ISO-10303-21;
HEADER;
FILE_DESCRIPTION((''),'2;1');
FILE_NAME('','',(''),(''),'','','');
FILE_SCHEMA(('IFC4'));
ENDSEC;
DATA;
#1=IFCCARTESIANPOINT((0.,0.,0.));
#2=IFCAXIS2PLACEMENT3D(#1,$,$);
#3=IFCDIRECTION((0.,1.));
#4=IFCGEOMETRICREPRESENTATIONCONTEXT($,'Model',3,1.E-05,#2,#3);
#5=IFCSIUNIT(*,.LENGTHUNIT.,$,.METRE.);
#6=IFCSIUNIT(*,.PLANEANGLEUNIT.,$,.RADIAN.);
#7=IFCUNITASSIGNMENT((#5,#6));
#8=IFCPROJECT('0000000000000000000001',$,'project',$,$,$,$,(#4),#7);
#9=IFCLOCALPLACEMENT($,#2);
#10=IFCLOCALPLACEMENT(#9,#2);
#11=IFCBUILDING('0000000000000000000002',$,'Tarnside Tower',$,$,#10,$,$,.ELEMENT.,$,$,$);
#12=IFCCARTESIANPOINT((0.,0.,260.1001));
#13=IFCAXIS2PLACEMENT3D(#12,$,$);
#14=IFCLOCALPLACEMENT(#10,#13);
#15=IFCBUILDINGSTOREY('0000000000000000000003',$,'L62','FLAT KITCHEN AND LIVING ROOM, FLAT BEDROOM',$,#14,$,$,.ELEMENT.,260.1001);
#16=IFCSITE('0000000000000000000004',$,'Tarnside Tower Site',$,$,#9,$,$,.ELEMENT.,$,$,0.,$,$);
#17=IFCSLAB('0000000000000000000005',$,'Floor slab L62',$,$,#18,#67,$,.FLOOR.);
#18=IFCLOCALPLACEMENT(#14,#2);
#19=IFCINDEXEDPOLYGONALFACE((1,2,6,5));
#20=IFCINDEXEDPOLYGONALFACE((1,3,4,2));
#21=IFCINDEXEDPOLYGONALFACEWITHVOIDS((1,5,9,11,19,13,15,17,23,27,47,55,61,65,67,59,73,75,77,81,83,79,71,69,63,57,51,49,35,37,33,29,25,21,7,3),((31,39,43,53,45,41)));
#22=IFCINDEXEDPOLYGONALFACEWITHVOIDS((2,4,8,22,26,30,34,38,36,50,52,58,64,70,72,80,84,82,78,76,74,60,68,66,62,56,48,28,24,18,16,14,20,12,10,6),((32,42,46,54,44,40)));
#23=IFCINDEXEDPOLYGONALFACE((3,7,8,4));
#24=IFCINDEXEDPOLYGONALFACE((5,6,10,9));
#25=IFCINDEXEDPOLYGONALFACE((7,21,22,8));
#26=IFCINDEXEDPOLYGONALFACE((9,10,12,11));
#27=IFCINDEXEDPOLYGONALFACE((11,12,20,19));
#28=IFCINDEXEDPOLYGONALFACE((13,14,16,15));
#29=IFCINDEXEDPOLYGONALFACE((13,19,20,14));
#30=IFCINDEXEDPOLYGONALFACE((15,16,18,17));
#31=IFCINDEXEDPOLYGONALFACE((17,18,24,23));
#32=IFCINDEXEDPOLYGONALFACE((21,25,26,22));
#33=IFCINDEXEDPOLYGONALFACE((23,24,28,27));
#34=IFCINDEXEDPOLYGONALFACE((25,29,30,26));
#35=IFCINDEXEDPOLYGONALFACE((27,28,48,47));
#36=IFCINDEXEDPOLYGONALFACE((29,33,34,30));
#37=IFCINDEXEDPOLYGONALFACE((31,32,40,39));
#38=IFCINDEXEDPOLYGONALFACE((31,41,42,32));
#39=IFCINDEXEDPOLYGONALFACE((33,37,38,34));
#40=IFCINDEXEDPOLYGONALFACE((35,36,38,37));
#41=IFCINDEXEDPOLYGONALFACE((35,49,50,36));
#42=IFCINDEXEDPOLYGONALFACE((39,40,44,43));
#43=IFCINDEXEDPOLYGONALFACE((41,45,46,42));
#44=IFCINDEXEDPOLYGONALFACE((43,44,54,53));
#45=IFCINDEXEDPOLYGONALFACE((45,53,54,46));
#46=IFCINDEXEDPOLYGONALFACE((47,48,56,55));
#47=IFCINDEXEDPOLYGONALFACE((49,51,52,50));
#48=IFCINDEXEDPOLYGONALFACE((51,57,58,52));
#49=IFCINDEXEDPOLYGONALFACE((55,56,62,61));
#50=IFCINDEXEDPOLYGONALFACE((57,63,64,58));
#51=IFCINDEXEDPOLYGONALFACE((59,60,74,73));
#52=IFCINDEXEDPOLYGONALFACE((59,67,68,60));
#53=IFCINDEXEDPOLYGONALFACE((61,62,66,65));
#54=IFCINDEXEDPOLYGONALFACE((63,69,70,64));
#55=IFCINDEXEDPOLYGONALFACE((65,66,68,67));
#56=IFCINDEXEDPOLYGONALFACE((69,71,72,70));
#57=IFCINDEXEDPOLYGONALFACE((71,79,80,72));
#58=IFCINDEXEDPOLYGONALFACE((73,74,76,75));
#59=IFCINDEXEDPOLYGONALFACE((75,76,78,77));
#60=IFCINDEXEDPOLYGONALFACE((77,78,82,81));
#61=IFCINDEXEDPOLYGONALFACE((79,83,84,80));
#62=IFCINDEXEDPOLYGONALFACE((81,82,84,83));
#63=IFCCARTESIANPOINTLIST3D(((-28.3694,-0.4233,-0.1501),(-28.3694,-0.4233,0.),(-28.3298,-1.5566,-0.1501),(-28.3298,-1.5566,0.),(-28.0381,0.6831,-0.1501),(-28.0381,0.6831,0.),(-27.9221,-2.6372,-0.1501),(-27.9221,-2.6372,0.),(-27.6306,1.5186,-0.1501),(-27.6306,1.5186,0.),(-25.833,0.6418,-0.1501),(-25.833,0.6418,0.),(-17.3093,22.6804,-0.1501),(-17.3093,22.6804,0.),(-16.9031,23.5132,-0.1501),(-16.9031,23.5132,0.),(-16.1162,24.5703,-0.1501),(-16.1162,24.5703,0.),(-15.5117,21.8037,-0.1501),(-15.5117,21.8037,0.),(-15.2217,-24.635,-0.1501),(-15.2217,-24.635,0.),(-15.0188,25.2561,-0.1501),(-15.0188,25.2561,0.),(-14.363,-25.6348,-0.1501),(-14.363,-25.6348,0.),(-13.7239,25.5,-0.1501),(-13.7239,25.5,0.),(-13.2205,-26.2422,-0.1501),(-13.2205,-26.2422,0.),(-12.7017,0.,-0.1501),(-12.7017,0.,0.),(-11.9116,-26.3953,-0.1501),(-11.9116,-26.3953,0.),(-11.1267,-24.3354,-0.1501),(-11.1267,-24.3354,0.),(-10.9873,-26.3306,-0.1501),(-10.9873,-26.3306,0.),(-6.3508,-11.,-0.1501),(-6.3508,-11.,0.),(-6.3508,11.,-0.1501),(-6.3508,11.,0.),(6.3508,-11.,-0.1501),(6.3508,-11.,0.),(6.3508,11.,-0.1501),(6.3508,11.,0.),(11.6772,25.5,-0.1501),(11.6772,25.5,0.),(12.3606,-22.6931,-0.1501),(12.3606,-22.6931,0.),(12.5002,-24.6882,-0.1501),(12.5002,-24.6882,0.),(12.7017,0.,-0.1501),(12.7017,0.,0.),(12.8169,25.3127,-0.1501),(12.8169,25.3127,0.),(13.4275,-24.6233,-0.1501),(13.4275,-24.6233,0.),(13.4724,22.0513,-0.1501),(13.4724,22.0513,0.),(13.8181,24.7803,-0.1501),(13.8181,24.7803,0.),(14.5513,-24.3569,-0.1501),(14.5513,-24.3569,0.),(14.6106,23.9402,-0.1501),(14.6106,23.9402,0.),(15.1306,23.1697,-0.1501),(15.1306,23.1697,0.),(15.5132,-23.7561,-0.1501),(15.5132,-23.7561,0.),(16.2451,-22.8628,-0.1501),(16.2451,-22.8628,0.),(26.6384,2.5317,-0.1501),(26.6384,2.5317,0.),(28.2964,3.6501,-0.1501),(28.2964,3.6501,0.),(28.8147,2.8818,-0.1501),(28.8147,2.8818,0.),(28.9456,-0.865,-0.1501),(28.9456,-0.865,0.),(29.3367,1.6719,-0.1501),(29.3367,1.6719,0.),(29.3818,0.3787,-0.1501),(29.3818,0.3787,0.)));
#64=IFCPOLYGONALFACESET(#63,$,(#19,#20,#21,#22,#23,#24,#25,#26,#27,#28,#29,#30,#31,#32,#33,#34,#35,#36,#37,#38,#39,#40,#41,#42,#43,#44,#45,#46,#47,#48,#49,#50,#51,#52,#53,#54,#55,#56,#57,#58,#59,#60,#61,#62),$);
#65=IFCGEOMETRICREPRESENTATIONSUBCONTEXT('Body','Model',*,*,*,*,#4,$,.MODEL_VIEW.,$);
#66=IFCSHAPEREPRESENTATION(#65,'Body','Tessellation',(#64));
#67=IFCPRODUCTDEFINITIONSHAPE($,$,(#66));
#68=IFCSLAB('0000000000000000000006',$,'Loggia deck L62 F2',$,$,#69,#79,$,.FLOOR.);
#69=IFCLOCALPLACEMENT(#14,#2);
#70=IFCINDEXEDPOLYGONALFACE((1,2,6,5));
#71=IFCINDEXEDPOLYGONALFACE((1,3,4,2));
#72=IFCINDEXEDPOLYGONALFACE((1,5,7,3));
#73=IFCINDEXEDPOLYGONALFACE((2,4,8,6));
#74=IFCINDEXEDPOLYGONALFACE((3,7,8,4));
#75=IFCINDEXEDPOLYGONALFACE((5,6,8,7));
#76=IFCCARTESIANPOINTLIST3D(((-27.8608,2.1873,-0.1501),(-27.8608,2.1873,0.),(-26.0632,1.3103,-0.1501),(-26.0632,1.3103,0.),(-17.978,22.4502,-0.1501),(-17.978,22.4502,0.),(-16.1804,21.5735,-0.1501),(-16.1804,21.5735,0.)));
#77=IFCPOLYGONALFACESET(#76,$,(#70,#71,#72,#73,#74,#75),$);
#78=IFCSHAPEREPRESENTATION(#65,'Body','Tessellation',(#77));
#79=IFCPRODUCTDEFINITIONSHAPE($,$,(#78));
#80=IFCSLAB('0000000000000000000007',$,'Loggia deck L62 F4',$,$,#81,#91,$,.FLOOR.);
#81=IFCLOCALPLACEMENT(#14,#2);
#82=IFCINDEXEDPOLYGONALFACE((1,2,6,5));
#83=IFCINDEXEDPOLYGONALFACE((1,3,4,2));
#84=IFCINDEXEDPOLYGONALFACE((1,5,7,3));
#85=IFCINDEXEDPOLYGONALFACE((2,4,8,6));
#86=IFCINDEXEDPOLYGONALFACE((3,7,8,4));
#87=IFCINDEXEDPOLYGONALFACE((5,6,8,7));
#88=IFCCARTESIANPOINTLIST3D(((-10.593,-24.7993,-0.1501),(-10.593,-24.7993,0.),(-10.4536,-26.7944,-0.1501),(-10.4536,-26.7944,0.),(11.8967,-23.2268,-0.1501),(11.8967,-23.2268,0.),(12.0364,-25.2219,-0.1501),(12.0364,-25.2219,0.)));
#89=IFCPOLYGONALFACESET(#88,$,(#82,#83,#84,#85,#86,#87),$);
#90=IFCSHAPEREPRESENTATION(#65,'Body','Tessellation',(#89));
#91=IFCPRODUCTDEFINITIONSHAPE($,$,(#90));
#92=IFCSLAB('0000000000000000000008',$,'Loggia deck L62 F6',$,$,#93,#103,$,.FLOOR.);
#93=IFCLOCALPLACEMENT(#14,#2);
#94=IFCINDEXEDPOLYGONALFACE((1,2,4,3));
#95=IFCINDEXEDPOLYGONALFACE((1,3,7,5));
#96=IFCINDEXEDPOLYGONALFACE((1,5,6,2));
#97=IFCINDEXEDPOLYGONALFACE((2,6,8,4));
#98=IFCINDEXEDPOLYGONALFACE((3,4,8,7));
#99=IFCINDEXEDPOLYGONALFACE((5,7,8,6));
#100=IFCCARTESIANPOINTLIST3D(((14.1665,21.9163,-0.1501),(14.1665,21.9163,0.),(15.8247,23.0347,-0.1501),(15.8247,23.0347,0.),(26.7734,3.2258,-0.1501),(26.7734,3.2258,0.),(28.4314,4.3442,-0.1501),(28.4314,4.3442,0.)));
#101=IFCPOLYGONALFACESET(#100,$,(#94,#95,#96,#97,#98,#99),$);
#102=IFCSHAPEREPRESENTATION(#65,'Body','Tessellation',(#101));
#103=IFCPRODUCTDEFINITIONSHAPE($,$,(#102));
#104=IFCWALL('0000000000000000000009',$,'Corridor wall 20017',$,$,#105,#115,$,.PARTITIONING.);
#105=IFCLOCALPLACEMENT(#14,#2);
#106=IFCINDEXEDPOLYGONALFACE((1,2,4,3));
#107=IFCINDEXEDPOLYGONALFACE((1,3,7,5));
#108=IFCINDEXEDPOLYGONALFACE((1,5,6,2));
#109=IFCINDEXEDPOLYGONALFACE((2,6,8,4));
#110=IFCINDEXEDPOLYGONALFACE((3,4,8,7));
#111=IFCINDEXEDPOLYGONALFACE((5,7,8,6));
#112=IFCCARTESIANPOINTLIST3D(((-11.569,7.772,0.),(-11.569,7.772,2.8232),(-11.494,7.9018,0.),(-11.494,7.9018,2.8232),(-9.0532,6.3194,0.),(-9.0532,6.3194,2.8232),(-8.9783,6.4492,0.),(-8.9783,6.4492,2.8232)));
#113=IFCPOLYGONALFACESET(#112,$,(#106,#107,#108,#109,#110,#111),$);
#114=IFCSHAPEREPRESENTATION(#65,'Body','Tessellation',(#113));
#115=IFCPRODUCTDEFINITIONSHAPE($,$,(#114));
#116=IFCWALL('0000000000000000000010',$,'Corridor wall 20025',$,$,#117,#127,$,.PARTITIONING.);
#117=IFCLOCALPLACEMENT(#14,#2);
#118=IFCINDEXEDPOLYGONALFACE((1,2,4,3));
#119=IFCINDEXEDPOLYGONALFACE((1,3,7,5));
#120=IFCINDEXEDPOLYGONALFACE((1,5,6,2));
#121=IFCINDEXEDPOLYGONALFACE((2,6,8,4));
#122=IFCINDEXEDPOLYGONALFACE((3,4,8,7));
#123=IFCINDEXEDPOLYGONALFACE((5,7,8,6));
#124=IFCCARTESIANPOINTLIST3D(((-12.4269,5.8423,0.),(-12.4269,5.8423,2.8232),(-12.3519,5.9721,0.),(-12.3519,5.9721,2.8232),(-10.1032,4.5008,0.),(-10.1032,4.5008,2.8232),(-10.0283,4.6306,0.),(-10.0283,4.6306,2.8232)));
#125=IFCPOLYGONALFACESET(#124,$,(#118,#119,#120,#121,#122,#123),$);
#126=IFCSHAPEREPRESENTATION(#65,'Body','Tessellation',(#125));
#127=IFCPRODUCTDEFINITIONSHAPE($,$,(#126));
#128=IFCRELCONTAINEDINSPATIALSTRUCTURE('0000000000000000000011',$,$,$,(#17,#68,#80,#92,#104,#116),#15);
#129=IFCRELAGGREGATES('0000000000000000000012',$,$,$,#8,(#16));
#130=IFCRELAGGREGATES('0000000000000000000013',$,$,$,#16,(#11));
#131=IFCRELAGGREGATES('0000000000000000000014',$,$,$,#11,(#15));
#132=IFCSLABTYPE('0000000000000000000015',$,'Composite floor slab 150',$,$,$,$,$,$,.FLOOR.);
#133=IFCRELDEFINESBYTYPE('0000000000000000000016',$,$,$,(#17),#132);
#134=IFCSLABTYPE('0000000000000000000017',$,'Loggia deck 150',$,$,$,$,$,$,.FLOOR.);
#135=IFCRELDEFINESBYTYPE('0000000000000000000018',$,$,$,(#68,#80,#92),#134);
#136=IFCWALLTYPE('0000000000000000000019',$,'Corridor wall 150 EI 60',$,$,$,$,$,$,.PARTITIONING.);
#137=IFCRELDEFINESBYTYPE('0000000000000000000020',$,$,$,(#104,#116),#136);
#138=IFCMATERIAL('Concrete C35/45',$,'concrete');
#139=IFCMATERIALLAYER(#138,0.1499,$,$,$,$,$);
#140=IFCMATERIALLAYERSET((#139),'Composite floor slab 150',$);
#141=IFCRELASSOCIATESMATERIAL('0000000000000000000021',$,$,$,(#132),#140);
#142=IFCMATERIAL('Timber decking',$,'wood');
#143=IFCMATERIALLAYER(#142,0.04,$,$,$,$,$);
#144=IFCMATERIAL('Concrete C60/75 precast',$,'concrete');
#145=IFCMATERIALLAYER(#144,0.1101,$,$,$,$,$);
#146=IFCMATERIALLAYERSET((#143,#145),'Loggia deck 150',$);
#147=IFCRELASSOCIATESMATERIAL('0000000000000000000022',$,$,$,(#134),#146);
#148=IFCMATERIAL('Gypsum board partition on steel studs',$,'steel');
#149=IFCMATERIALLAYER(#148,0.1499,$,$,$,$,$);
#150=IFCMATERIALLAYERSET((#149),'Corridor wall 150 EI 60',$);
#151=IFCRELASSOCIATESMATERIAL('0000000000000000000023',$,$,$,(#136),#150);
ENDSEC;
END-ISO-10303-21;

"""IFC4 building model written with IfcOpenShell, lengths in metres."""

from ifc_helpers import new_model, si_unit, direction, frame, frame_2d, origin, place, context, subcontext, project, spatial, polyline, rectangle, outline, extrude, material, layer, layer_set, type_object, element, save


model = new_model("IFC4")

# Units and contexts
model_context = context("Model", 3, precision=1e-05, world=origin(), true_north=direction((0.0, 1.0)))
body_context = subcontext(model_context, "Body", "Model", "MODEL_VIEW")
ifc_project = project(units=[si_unit("LENGTHUNIT", "METRE"), si_unit("PLANEANGLEUNIT", "RADIAN")], contexts=[model_context])

# Site, building, storey
site_placement = place(None, origin())
site = spatial("IfcSite", under=ifc_project, at=site_placement, Name="Tarnside Tower Site", CompositionType="ELEMENT", RefElevation=0.0)
building_placement = place(site_placement, origin())
building = spatial("IfcBuilding", under=site, at=building_placement, Name="Tarnside Tower", CompositionType="ELEMENT")
storey_placement = place(building_placement, frame((0.0, 0.0, 260.1001)))
storey = spatial("IfcBuildingStorey", under=building, at=storey_placement, Name="L62", Description="FLAT KITCHEN AND LIVING ROOM, FLAT BEDROOM", CompositionType="ELEMENT", Elevation=260.1001)

# Slabs
ifc_material_1 = material(Name="Concrete C35/45", Category="concrete")
ifc_layer_1 = layer(ifc_material_1, 0.1499)
ifc_layer_set_1 = layer_set([ifc_layer_1], Name="Composite floor slab 150")
slab_type_1 = type_object("IfcSlabType", Name="Composite floor slab 150", PredefinedType="FLOOR", material=ifc_layer_set_1)
slab_1_placement = place(storey_placement, frame((0.0, 0.0, -0.1501)))
element("IfcSlab", 1, at=slab_1_placement, inside=storey, type_object=slab_type_1, Name="Floor slab L62", PredefinedType="FLOOR", context=body_context, shape_type="SweptSolid", body=[
    extrude(outline(polyline([(12.8169, 25.3127), (13.8181, 24.7803), (14.6106, 23.9402), (15.1306, 23.1697), (13.4724, 22.0513), (26.6384, 2.5317), (28.2964, 3.6501), (28.8147, 2.8818), (29.3367, 1.6719), (29.3818, 0.3787), (28.9456, -0.865), (16.2451, -22.8628), (15.5132, -23.7561), (14.5513, -24.3569), (13.4275, -24.6233), (12.5002, -24.6882), (12.3606, -22.6931), (-11.1267, -24.3354), (-10.9873, -26.3306), (-11.9116, -26.3953), (-13.2205, -26.2422), (-14.363, -25.6348), (-15.2217, -24.635), (-27.9221, -2.6372), (-28.3298, -1.5566), (-28.3694, -0.4233), (-28.0381, 0.6831), (-27.6306, 1.5186), (-25.833, 0.6418), (-15.5117, 21.8037), (-17.3093, 22.6804), (-16.9031, 23.5132), (-16.1162, 24.5703), (-15.0188, 25.2561), (-13.7239, 25.5), (11.6772, 25.5), (12.8169, 25.3127)]), holes=[polyline([(-12.7017, 0.0), (-6.3508, -11.0), (6.3508, -11.0), (12.7017, 0.0), (6.3508, 11.0), (-6.3508, 11.0), (-12.7017, 0.0)])]), origin(), (0.0, 0.0, 1.0), 0.1501),
])
ifc_material_2 = material(Name="Timber decking", Category="wood")
ifc_layer_2 = layer(ifc_material_2, 0.04)
ifc_material_3 = material(Name="Concrete C60/75 precast", Category="concrete")
ifc_layer_3 = layer(ifc_material_3, 0.1101)
ifc_layer_set_2 = layer_set([ifc_layer_2, ifc_layer_3], Name="Loggia deck 150")
slab_type_2 = type_object("IfcSlabType", Name="Loggia deck 150", PredefinedType="FLOOR", material=ifc_layer_set_2)
slab_2_placement = place(storey_placement, frame((0.0, 0.0, -0.1501)))
element("IfcSlab", 2, at=slab_2_placement, inside=storey, type_object=slab_type_2, Name="Loggia deck L62 F2", PredefinedType="FLOOR", context=body_context, shape_type="SweptSolid", body=[
    extrude(outline(polyline([(-16.1804, 21.5735), (-26.0632, 1.3103), (-27.8608, 2.1873), (-17.978, 22.4502), (-16.1804, 21.5735)])), origin(), (0.0, 0.0, 1.0), 0.1501),
])
slab_3_placement = place(storey_placement, frame((0.0, 0.0, -0.1501)))
element("IfcSlab", 3, at=slab_3_placement, inside=storey, type_object=slab_type_2, Name="Loggia deck L62 F4", PredefinedType="FLOOR", context=body_context, shape_type="SweptSolid", body=[
    extrude(outline(polyline([(-10.593, -24.7993), (11.8967, -23.2268), (12.0364, -25.2219), (-10.4536, -26.7944), (-10.593, -24.7993)])), origin(), (0.0, 0.0, 1.0), 0.1501),
])
slab_4_placement = place(storey_placement, frame((0.0, 0.0, -0.1501)))
element("IfcSlab", 4, at=slab_4_placement, inside=storey, type_object=slab_type_2, Name="Loggia deck L62 F6", PredefinedType="FLOOR", context=body_context, shape_type="SweptSolid", body=[
    extrude(outline(polyline([(26.7734, 3.2258), (14.1665, 21.9163), (15.8247, 23.0347), (28.4314, 4.3442), (26.7734, 3.2258)])), origin(), (0.0, 0.0, 1.0), 0.1501),
])

# Walls
ifc_material_4 = material(Name="Gypsum board partition on steel studs", Category="steel")
ifc_layer_4 = layer(ifc_material_4, 0.1499)
ifc_layer_set_3 = layer_set([ifc_layer_4], Name="Corridor wall 150 EI 60")
wall_type_1 = type_object("IfcWallType", Name="Corridor wall 150 EI 60", PredefinedType="PARTITIONING", material=ifc_layer_set_3)
wall_1_placement = place(storey_placement, frame((-9.0156, 6.3843, 0.0), z_axis=(0.0, 0.0, 1.0), x_axis=(-0.866011, 0.500026, 0.0)))
element("IfcWall", 5, at=wall_1_placement, inside=storey, type_object=wall_type_1, Name="Corridor wall 20017", PredefinedType="PARTITIONING", context=body_context, shape_type="SweptSolid", body=[
    extrude(rectangle(XDim=2.905, YDim=0.1499, at=frame_2d((1.4526, 0.0))), origin(), (0.0, 0.0, 1.0), 2.8232),
])
wall_2_placement = place(storey_placement, frame((-12.3894, 5.9072, 0.0), z_axis=(0.0, 0.0, 1.0), x_axis=(0.866034, -0.499985, 0.0)))
element("IfcWall", 6, at=wall_2_placement, inside=storey, type_object=wall_type_1, Name="Corridor wall 20025", PredefinedType="PARTITIONING", context=body_context, shape_type="SweptSolid", body=[
    extrude(rectangle(XDim=2.6831, YDim=0.1499, at=frame_2d((1.3416, 0.0))), origin(), (0.0, 0.0, 1.0), 2.8232),
])

save(model, "model.ifc")
